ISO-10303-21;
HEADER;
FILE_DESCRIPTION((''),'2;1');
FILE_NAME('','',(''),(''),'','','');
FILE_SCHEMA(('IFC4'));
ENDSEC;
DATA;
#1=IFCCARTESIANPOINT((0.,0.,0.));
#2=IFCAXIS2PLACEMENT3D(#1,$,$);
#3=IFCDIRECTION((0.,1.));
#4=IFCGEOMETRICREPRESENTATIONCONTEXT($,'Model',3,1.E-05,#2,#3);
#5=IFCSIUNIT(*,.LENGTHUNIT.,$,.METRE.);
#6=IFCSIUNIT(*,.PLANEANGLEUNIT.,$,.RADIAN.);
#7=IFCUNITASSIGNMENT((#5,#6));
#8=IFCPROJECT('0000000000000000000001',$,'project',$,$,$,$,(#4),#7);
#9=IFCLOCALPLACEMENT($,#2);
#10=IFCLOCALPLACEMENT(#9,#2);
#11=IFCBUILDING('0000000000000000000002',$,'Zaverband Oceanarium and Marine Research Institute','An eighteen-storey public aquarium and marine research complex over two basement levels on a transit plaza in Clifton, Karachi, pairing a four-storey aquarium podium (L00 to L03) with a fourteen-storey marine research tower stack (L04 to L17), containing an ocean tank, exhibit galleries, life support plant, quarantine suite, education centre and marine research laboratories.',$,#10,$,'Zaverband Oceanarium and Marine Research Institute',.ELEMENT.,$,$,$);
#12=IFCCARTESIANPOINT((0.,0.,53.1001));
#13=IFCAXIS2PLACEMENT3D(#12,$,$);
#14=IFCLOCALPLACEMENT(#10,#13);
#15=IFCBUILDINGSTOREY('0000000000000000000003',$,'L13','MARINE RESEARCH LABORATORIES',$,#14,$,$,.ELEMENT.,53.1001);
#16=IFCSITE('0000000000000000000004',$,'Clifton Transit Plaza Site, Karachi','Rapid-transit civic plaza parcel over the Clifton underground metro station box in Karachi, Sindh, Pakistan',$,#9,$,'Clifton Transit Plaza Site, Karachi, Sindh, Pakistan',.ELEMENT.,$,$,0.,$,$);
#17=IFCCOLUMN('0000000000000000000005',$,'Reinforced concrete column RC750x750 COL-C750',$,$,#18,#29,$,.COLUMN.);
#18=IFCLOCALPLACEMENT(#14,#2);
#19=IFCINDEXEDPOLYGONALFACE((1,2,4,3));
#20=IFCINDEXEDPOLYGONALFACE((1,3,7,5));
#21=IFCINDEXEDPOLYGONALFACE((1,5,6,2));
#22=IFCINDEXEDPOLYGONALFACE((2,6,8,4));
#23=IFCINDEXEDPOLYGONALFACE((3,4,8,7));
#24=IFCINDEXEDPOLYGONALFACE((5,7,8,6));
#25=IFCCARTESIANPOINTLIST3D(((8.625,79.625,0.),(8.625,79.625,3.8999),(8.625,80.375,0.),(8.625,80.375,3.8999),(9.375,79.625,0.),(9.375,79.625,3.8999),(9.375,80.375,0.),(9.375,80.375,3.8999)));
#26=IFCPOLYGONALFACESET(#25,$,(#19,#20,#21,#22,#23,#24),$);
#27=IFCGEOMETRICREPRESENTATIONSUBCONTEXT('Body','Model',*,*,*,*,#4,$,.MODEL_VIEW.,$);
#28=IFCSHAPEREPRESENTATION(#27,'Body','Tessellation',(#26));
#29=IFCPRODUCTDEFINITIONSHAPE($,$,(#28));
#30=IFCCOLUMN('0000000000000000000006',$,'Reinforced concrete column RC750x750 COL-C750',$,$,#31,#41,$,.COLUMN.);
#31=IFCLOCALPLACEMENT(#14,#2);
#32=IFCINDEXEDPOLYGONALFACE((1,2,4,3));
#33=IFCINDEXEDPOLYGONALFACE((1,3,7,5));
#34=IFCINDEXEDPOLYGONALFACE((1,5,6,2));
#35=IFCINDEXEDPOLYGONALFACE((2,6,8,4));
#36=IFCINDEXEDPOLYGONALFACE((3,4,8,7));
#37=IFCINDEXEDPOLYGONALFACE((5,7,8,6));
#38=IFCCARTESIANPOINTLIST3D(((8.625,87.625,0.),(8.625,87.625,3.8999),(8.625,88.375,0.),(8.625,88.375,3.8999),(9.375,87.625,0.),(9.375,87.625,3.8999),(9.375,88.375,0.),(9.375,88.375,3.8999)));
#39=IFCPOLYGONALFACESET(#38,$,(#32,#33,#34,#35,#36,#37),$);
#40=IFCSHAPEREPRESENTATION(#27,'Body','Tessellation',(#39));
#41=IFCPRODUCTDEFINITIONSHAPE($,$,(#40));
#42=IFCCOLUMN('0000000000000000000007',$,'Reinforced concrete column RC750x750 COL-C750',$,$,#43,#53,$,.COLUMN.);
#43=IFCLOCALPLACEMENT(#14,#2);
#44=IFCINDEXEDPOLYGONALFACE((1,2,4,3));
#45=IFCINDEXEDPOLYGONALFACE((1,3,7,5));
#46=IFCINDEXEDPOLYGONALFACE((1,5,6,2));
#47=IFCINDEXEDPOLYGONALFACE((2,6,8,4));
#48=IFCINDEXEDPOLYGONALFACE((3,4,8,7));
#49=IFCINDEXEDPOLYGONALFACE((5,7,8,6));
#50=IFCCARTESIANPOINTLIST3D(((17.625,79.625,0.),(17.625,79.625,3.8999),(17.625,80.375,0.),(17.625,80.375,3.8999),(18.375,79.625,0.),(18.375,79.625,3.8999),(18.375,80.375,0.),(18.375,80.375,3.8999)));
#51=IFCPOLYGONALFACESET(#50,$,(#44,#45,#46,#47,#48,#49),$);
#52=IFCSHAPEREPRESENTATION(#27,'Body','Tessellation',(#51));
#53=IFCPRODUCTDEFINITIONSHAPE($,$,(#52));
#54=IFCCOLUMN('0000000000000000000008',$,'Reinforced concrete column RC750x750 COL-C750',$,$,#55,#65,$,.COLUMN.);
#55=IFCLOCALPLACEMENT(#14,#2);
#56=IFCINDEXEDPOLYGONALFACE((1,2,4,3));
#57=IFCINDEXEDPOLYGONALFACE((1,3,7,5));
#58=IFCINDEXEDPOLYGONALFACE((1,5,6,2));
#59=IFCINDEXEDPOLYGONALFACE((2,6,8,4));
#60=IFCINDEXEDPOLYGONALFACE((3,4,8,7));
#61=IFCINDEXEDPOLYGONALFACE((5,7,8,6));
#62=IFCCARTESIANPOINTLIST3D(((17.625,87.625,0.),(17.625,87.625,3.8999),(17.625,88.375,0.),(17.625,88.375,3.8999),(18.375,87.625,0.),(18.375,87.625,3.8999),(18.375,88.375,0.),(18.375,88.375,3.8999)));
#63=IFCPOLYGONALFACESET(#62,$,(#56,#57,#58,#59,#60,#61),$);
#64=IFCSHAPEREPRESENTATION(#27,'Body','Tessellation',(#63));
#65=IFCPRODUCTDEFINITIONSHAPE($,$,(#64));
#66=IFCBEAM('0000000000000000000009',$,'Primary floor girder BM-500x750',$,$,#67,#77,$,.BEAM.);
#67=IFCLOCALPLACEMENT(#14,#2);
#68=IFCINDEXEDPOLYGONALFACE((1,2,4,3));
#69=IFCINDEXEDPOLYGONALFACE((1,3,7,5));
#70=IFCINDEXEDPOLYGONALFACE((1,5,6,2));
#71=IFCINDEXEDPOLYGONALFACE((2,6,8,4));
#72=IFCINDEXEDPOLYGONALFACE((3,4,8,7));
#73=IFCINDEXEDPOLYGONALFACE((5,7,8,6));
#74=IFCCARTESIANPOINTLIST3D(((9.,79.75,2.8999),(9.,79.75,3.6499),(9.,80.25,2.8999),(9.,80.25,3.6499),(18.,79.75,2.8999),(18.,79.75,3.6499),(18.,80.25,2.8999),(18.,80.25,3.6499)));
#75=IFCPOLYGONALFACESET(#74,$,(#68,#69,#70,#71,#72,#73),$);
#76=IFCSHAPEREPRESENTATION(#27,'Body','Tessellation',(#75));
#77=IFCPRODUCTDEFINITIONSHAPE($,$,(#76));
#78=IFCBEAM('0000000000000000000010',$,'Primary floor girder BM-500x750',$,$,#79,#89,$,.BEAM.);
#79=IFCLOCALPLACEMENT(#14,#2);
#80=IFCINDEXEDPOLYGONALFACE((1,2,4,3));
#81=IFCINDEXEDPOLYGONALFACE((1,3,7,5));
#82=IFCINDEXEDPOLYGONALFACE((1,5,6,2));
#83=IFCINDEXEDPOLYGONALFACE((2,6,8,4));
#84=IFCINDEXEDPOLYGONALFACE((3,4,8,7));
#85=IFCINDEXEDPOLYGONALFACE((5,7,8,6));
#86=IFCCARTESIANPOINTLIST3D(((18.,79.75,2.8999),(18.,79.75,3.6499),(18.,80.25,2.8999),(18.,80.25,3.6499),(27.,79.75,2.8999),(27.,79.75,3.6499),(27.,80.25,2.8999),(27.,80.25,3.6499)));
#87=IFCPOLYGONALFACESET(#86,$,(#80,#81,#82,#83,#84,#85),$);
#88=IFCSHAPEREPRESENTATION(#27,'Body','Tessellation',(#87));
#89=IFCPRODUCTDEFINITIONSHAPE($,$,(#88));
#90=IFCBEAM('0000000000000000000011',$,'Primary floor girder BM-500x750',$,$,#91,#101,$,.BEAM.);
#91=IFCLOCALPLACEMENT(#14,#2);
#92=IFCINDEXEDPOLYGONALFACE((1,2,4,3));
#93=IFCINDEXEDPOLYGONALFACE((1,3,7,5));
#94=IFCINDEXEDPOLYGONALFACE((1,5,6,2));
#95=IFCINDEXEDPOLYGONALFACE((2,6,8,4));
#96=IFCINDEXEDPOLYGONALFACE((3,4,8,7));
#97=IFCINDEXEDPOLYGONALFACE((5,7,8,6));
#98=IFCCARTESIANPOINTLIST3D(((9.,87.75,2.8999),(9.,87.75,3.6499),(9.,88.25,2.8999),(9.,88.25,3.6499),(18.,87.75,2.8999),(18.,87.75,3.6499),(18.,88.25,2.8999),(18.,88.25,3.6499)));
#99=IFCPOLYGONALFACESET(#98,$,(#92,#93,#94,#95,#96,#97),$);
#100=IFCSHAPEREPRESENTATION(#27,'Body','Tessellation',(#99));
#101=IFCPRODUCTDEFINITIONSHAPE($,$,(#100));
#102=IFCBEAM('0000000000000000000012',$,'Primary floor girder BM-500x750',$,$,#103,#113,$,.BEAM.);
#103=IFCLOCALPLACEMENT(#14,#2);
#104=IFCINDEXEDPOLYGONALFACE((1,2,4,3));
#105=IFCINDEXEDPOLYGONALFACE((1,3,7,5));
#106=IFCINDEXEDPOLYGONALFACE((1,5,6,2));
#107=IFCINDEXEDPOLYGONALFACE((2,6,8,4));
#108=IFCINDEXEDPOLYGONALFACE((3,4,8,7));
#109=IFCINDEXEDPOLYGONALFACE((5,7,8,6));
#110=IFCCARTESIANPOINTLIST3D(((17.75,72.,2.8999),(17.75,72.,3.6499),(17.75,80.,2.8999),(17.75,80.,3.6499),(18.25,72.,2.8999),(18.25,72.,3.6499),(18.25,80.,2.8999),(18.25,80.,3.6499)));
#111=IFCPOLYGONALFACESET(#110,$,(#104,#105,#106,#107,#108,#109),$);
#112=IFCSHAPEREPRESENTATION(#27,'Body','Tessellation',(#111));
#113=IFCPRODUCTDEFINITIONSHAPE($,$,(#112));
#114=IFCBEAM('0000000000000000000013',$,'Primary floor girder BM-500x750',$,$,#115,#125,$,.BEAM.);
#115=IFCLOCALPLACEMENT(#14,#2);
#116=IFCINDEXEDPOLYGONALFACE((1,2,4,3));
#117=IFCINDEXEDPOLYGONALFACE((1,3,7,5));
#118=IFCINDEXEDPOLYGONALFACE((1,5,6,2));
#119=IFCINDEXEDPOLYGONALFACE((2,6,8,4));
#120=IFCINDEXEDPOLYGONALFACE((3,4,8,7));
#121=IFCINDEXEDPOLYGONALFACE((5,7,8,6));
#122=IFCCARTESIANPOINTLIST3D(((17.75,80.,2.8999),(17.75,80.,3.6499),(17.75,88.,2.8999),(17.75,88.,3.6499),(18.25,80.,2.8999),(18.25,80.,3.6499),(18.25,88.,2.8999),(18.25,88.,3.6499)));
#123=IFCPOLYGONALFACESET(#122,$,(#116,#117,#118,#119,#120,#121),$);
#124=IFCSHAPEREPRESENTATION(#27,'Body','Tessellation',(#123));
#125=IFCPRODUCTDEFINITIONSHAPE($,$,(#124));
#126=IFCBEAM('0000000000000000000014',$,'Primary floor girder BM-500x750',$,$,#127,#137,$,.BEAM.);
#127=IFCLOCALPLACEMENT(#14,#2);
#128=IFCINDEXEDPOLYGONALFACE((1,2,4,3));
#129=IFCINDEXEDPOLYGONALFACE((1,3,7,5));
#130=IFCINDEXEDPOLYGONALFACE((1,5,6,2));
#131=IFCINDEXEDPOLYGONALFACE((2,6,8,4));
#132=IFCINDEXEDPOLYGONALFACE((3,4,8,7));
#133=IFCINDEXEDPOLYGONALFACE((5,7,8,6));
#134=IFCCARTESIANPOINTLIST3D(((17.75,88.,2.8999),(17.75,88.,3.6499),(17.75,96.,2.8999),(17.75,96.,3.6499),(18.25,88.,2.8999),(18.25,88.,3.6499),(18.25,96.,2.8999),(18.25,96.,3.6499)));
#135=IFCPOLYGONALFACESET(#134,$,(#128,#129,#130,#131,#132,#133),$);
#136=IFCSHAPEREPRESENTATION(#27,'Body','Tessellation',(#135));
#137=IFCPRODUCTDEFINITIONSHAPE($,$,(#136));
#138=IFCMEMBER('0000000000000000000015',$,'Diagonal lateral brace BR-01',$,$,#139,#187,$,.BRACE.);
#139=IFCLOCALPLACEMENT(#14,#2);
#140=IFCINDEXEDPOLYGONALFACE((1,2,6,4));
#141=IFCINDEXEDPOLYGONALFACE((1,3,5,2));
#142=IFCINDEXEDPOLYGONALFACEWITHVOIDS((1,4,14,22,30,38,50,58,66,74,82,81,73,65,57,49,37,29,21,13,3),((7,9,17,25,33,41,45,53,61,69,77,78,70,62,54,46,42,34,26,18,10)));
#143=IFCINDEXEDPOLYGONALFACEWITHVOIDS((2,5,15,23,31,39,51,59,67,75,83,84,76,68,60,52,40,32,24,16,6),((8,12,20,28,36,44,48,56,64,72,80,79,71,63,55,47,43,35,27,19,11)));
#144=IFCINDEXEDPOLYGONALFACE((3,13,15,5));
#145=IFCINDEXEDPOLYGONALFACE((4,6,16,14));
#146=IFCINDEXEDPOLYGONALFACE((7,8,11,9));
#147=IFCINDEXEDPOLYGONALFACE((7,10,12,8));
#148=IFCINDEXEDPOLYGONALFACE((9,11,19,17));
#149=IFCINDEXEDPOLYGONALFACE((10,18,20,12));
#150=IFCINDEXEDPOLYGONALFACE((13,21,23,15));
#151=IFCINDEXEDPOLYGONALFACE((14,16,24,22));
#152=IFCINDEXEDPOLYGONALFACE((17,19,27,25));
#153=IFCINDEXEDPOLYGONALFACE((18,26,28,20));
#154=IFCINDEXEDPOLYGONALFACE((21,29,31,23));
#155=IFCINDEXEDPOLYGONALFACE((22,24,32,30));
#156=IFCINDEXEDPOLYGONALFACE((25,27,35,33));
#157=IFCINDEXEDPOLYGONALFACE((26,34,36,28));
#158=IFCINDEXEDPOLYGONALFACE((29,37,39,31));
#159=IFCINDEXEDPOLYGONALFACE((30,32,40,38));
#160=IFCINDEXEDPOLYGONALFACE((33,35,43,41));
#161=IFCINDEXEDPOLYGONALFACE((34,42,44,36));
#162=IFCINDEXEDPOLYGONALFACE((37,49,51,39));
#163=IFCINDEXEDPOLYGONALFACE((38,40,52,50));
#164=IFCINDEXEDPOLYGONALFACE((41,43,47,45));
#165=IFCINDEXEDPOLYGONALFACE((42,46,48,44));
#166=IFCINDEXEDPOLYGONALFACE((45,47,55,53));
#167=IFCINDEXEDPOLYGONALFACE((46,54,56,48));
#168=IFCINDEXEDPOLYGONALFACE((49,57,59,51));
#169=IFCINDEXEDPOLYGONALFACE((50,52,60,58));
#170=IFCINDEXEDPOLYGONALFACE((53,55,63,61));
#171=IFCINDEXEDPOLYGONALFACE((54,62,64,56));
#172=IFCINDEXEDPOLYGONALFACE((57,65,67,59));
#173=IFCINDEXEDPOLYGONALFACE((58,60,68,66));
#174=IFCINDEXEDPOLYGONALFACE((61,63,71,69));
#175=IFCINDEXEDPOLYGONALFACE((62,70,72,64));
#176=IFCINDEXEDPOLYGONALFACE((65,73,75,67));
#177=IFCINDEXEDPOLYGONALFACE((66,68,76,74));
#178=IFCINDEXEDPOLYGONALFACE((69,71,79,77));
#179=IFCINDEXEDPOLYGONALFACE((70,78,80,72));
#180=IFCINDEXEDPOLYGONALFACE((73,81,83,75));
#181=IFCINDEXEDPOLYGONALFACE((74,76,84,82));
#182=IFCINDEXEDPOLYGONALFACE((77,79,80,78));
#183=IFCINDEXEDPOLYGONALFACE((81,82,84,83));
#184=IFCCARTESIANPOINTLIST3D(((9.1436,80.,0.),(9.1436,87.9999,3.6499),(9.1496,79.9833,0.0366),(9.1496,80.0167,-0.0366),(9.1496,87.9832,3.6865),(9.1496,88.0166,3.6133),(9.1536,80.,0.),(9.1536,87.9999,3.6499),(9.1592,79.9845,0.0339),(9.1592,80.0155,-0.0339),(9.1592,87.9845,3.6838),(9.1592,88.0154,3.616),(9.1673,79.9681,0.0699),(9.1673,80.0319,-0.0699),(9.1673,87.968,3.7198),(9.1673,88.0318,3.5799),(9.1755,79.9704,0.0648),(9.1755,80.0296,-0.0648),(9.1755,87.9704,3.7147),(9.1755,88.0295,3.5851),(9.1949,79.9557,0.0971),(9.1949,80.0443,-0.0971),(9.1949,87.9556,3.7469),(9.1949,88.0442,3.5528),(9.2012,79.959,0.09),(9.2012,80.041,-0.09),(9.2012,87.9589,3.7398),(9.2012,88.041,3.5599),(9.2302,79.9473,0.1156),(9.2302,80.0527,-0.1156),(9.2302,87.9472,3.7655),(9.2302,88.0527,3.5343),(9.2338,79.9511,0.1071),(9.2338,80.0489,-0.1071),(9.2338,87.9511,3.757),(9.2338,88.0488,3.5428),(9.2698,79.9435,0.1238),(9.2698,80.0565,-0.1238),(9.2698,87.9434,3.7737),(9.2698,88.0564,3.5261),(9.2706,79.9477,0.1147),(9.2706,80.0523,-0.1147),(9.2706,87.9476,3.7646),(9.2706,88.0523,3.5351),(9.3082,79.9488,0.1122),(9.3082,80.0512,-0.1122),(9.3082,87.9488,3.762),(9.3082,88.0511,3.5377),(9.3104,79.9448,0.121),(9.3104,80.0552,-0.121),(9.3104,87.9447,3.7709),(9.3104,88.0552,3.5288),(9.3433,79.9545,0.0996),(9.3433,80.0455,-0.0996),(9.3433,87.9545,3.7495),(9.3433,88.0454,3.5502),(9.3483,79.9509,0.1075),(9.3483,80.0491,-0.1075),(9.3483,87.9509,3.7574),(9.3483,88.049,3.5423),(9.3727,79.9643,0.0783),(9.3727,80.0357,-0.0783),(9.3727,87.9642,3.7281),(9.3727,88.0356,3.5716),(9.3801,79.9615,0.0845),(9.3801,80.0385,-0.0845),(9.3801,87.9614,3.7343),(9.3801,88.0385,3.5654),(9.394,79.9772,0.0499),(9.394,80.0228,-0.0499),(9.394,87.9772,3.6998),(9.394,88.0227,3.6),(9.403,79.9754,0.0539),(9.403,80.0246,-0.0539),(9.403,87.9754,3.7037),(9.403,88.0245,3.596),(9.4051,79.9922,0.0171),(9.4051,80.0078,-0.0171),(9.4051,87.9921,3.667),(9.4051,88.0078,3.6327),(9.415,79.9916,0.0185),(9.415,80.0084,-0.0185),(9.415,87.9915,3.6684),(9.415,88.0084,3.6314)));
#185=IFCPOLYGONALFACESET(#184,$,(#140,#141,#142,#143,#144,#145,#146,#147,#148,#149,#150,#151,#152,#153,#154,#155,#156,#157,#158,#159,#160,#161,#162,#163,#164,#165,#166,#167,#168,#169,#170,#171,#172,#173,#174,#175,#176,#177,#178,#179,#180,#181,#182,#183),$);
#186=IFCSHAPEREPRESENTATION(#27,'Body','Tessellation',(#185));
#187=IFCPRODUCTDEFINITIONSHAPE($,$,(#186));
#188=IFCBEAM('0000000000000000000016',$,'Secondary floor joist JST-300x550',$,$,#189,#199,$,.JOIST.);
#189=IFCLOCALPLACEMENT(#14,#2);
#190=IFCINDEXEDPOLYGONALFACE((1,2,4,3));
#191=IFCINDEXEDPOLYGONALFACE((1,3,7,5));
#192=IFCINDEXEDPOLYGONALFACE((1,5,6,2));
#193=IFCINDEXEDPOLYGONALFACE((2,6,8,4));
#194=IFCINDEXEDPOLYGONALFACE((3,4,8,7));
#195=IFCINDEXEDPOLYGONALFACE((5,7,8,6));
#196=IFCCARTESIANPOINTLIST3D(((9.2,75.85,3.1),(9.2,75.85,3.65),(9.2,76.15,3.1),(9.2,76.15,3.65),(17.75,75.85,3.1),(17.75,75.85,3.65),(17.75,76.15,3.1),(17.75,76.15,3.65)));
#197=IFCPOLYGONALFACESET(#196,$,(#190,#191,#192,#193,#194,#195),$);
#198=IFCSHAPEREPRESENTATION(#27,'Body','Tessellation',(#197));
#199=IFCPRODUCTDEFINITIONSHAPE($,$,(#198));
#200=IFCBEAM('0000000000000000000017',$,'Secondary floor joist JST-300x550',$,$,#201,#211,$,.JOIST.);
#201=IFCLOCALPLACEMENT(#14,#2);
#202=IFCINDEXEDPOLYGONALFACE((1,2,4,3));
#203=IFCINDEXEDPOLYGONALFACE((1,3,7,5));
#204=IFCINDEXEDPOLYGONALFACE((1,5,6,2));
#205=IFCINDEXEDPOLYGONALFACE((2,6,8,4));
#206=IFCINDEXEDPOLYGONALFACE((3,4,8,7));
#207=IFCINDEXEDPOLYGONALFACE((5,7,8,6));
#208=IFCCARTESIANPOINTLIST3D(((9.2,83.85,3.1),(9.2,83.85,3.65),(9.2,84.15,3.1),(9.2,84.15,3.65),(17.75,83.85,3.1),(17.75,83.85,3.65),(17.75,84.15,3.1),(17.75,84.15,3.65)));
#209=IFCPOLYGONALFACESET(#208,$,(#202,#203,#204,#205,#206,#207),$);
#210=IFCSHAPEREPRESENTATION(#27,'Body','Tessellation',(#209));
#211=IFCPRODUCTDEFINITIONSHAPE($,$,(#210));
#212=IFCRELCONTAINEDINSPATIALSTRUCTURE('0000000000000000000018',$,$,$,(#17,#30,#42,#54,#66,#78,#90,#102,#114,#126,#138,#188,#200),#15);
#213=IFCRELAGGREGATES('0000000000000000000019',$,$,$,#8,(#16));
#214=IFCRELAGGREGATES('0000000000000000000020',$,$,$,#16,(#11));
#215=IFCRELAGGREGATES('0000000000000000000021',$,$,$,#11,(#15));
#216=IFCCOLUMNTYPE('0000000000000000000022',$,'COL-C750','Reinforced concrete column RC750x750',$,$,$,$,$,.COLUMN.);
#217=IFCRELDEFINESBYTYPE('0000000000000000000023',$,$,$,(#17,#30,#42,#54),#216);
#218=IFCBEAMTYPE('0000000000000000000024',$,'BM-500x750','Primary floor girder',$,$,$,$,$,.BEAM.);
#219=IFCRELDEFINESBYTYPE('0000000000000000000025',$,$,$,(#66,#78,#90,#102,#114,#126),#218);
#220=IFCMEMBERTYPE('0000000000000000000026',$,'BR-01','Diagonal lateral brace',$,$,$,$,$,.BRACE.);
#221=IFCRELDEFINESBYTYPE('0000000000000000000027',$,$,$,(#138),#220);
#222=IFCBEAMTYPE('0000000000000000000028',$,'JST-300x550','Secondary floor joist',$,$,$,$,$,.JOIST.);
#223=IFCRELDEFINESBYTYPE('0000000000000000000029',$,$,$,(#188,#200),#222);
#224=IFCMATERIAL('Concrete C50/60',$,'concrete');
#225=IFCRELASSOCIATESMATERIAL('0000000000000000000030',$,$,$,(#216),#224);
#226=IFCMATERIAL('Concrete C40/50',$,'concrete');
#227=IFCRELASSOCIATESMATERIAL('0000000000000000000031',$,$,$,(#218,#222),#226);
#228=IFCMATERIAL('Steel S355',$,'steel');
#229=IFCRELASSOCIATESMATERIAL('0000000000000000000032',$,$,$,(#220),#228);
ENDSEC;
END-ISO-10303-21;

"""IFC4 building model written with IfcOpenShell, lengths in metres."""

from ifc_helpers import new_model, si_unit, direction, frame, origin, origin_2d, place, context, subcontext, project, spatial, rectangle, hollow_circle, extrude, material, material_profile, profile_set, type_object, element, save


model = new_model("IFC4")

# Units and contexts
model_context = context("Model", 3, precision=1e-05, world=origin(), true_north=direction((0.0, 1.0)))
body_context = subcontext(model_context, "Body", "Model", "MODEL_VIEW")
ifc_project = project(units=[si_unit("LENGTHUNIT", "METRE"), si_unit("PLANEANGLEUNIT", "RADIAN")], contexts=[model_context])

# Site, building, storey
site_placement = place(None, origin())
site = spatial("IfcSite", under=ifc_project, at=site_placement, Name="Clifton Transit Plaza Site, Karachi", Description="Rapid-transit civic plaza parcel over the Clifton underground metro station box in Karachi, Sindh, Pakistan", LongName="Clifton Transit Plaza Site, Karachi, Sindh, Pakistan", CompositionType="ELEMENT", RefElevation=0.0)
building_placement = place(site_placement, origin())
building = spatial("IfcBuilding", under=site, at=building_placement, Name="Zaverband Oceanarium and Marine Research Institute", Description="An eighteen-storey public aquarium and marine research complex over two basement levels on a transit plaza in Clifton, Karachi, pairing a four-storey aquarium podium (L00 to L03) with a fourteen-storey marine research tower stack (L04 to L17), containing an ocean tank, exhibit galleries, life support plant, quarantine suite, education centre and marine research laboratories.", LongName="Zaverband Oceanarium and Marine Research Institute", CompositionType="ELEMENT")
storey_placement = place(building_placement, frame((0.0, 0.0, 53.1001)))
storey = spatial("IfcBuildingStorey", under=building, at=storey_placement, Name="L13", Description="MARINE RESEARCH LABORATORIES", CompositionType="ELEMENT", Elevation=53.1001)

# Columns
ifc_material_1 = material(Name="Concrete C50/60", Category="concrete")
ifc_material_profile_1 = material_profile(ifc_material_1, rectangle(XDim=0.75, YDim=0.75, at=origin_2d()), Name="RC750x750")
ifc_profile_set_1 = profile_set([ifc_material_profile_1], Name="Concrete C50/60")
column_type = type_object("IfcColumnType", Name="COL-C750", Description="Reinforced concrete column RC750x750", PredefinedType="COLUMN", material=ifc_profile_set_1)
for number, where, z_axis, x_axis, name in (
    (1, (9.0, 80.0, 0.0), (0.0, 0.0, 1.0), (1.0, 0.0, 0.0), "Reinforced concrete column RC750x750 COL-C750"),
    (2, (9.0, 88.0, 0.0), (0.0, 0.0, 1.0), (1.0, 0.0, 0.0), "Reinforced concrete column RC750x750 COL-C750"),
    (3, (18.0, 80.0, 0.0), (0.0, 0.0, 1.0), (1.0, 0.0, 0.0), "Reinforced concrete column RC750x750 COL-C750"),
    (4, (18.0, 88.0, 0.0), (0.0, 0.0, 1.0), (1.0, 0.0, 0.0), "Reinforced concrete column RC750x750 COL-C750"),
):
    element("IfcColumn", number, at=place(storey_placement, frame(where, z_axis=z_axis, x_axis=x_axis)), inside=storey, type_object=column_type, Name=name, PredefinedType="COLUMN", context=body_context, shape_type="SweptSolid", body=[
        extrude(rectangle(XDim=0.75, YDim=0.75, at=origin_2d()), origin(), (0.0, 0.0, 1.0), 3.8999),
    ])

# Beams
ifc_material_2 = material(Name="Concrete C40/50", Category="concrete")
ifc_material_profile_2 = material_profile(ifc_material_2, rectangle(XDim=0.5, YDim=0.75, at=origin_2d()), Name="RC500x750")
ifc_profile_set_2 = profile_set([ifc_material_profile_2], Name="Concrete C40/50")
beam_type_1 = type_object("IfcBeamType", Name="BM-500x750", Description="Primary floor girder", PredefinedType="BEAM", material=ifc_profile_set_2)
for number, where, z_axis, x_axis, name in (
    (5, (9.0, 80.0, 3.2749), (1.0, 0.0, 0.0), (0.0, 1.0, 0.0), "Primary floor girder BM-500x750"),
    (6, (18.0, 80.0, 3.2749), (1.0, 0.0, 0.0), (0.0, 1.0, 0.0), "Primary floor girder BM-500x750"),
    (7, (9.0, 88.0, 3.2749), (1.0, 0.0, 0.0), (0.0, 1.0, 0.0), "Primary floor girder BM-500x750"),
):
    element("IfcBeam", number, at=place(storey_placement, frame(where, z_axis=z_axis, x_axis=x_axis)), inside=storey, type_object=beam_type_1, Name=name, PredefinedType="BEAM", context=body_context, shape_type="SweptSolid", body=[
        extrude(rectangle(XDim=0.5, YDim=0.75, at=origin_2d()), origin(), (0.0, 0.0, 1.0), 9.0),
    ])
for number, where, z_axis, x_axis, name in (
    (8, (18.0, 72.0, 3.2749), (0.0, 1.0, 0.0), (-1.0, 0.0, 0.0), "Primary floor girder BM-500x750"),
    (9, (18.0, 80.0, 3.2749), (0.0, 1.0, 0.0), (-1.0, 0.0, 0.0), "Primary floor girder BM-500x750"),
    (10, (18.0, 88.0, 3.2749), (0.0, 1.0, 0.0), (-1.0, 0.0, 0.0), "Primary floor girder BM-500x750"),
):
    element("IfcBeam", number, at=place(storey_placement, frame(where, z_axis=z_axis, x_axis=x_axis)), inside=storey, type_object=beam_type_1, Name=name, PredefinedType="BEAM", context=body_context, shape_type="SweptSolid", body=[
        extrude(rectangle(XDim=0.5, YDim=0.75, at=origin_2d()), origin(), (0.0, 0.0, 1.0), 8.0),
    ])

# Member
ifc_material_3 = material(Name="Steel S355", Category="steel")
ifc_material_profile_3 = material_profile(ifc_material_3, hollow_circle(Radius=0.1365, WallThickness=0.01, at=origin_2d()), Name="CHS273x10")
ifc_profile_set_3 = profile_set([ifc_material_profile_3], Name="Steel S355")
member_type = type_object("IfcMemberType", Name="BR-01", Description="Diagonal lateral brace", PredefinedType="BRACE", material=ifc_profile_set_3)
member_placement = place(storey_placement, frame((9.28, 80.0, 0.0), z_axis=(0.0, 0.909786, 0.415079), x_axis=(-1.0, 0.0, 0.0)))
element("IfcMember", 11, at=member_placement, inside=storey, type_object=member_type, Name="Diagonal lateral brace BR-01", PredefinedType="BRACE", context=body_context, shape_type="SweptSolid", body=[
    extrude(hollow_circle(Radius=0.1365, WallThickness=0.01, at=origin_2d()), origin(), (0.0, 0.0, 1.0), 8.7932),
])

# Beams
ifc_material_profile_4 = material_profile(ifc_material_2, rectangle(XDim=0.3, YDim=0.55, at=origin_2d()), Name="RC300x550")
ifc_profile_set_4 = profile_set([ifc_material_profile_4], Name="Concrete C40/50")
beam_type_2 = type_object("IfcBeamType", Name="JST-300x550", Description="Secondary floor joist", PredefinedType="JOIST", material=ifc_profile_set_4)
for number, where, z_axis, x_axis, name in (
    (12, (9.2, 76.0, 3.375), (1.0, 0.0, 0.0), (0.0, 1.0, 0.0), "Secondary floor joist JST-300x550"),
    (13, (9.2, 84.0, 3.375), (1.0, 0.0, 0.0), (0.0, 1.0, 0.0), "Secondary floor joist JST-300x550"),
):
    element("IfcBeam", number, at=place(storey_placement, frame(where, z_axis=z_axis, x_axis=x_axis)), inside=storey, type_object=beam_type_2, Name=name, PredefinedType="JOIST", context=body_context, shape_type="SweptSolid", body=[
        extrude(rectangle(XDim=0.3, YDim=0.55, at=origin_2d()), origin(), (0.0, 0.0, 1.0), 8.55),
    ])

save(model, "model.ifc")
